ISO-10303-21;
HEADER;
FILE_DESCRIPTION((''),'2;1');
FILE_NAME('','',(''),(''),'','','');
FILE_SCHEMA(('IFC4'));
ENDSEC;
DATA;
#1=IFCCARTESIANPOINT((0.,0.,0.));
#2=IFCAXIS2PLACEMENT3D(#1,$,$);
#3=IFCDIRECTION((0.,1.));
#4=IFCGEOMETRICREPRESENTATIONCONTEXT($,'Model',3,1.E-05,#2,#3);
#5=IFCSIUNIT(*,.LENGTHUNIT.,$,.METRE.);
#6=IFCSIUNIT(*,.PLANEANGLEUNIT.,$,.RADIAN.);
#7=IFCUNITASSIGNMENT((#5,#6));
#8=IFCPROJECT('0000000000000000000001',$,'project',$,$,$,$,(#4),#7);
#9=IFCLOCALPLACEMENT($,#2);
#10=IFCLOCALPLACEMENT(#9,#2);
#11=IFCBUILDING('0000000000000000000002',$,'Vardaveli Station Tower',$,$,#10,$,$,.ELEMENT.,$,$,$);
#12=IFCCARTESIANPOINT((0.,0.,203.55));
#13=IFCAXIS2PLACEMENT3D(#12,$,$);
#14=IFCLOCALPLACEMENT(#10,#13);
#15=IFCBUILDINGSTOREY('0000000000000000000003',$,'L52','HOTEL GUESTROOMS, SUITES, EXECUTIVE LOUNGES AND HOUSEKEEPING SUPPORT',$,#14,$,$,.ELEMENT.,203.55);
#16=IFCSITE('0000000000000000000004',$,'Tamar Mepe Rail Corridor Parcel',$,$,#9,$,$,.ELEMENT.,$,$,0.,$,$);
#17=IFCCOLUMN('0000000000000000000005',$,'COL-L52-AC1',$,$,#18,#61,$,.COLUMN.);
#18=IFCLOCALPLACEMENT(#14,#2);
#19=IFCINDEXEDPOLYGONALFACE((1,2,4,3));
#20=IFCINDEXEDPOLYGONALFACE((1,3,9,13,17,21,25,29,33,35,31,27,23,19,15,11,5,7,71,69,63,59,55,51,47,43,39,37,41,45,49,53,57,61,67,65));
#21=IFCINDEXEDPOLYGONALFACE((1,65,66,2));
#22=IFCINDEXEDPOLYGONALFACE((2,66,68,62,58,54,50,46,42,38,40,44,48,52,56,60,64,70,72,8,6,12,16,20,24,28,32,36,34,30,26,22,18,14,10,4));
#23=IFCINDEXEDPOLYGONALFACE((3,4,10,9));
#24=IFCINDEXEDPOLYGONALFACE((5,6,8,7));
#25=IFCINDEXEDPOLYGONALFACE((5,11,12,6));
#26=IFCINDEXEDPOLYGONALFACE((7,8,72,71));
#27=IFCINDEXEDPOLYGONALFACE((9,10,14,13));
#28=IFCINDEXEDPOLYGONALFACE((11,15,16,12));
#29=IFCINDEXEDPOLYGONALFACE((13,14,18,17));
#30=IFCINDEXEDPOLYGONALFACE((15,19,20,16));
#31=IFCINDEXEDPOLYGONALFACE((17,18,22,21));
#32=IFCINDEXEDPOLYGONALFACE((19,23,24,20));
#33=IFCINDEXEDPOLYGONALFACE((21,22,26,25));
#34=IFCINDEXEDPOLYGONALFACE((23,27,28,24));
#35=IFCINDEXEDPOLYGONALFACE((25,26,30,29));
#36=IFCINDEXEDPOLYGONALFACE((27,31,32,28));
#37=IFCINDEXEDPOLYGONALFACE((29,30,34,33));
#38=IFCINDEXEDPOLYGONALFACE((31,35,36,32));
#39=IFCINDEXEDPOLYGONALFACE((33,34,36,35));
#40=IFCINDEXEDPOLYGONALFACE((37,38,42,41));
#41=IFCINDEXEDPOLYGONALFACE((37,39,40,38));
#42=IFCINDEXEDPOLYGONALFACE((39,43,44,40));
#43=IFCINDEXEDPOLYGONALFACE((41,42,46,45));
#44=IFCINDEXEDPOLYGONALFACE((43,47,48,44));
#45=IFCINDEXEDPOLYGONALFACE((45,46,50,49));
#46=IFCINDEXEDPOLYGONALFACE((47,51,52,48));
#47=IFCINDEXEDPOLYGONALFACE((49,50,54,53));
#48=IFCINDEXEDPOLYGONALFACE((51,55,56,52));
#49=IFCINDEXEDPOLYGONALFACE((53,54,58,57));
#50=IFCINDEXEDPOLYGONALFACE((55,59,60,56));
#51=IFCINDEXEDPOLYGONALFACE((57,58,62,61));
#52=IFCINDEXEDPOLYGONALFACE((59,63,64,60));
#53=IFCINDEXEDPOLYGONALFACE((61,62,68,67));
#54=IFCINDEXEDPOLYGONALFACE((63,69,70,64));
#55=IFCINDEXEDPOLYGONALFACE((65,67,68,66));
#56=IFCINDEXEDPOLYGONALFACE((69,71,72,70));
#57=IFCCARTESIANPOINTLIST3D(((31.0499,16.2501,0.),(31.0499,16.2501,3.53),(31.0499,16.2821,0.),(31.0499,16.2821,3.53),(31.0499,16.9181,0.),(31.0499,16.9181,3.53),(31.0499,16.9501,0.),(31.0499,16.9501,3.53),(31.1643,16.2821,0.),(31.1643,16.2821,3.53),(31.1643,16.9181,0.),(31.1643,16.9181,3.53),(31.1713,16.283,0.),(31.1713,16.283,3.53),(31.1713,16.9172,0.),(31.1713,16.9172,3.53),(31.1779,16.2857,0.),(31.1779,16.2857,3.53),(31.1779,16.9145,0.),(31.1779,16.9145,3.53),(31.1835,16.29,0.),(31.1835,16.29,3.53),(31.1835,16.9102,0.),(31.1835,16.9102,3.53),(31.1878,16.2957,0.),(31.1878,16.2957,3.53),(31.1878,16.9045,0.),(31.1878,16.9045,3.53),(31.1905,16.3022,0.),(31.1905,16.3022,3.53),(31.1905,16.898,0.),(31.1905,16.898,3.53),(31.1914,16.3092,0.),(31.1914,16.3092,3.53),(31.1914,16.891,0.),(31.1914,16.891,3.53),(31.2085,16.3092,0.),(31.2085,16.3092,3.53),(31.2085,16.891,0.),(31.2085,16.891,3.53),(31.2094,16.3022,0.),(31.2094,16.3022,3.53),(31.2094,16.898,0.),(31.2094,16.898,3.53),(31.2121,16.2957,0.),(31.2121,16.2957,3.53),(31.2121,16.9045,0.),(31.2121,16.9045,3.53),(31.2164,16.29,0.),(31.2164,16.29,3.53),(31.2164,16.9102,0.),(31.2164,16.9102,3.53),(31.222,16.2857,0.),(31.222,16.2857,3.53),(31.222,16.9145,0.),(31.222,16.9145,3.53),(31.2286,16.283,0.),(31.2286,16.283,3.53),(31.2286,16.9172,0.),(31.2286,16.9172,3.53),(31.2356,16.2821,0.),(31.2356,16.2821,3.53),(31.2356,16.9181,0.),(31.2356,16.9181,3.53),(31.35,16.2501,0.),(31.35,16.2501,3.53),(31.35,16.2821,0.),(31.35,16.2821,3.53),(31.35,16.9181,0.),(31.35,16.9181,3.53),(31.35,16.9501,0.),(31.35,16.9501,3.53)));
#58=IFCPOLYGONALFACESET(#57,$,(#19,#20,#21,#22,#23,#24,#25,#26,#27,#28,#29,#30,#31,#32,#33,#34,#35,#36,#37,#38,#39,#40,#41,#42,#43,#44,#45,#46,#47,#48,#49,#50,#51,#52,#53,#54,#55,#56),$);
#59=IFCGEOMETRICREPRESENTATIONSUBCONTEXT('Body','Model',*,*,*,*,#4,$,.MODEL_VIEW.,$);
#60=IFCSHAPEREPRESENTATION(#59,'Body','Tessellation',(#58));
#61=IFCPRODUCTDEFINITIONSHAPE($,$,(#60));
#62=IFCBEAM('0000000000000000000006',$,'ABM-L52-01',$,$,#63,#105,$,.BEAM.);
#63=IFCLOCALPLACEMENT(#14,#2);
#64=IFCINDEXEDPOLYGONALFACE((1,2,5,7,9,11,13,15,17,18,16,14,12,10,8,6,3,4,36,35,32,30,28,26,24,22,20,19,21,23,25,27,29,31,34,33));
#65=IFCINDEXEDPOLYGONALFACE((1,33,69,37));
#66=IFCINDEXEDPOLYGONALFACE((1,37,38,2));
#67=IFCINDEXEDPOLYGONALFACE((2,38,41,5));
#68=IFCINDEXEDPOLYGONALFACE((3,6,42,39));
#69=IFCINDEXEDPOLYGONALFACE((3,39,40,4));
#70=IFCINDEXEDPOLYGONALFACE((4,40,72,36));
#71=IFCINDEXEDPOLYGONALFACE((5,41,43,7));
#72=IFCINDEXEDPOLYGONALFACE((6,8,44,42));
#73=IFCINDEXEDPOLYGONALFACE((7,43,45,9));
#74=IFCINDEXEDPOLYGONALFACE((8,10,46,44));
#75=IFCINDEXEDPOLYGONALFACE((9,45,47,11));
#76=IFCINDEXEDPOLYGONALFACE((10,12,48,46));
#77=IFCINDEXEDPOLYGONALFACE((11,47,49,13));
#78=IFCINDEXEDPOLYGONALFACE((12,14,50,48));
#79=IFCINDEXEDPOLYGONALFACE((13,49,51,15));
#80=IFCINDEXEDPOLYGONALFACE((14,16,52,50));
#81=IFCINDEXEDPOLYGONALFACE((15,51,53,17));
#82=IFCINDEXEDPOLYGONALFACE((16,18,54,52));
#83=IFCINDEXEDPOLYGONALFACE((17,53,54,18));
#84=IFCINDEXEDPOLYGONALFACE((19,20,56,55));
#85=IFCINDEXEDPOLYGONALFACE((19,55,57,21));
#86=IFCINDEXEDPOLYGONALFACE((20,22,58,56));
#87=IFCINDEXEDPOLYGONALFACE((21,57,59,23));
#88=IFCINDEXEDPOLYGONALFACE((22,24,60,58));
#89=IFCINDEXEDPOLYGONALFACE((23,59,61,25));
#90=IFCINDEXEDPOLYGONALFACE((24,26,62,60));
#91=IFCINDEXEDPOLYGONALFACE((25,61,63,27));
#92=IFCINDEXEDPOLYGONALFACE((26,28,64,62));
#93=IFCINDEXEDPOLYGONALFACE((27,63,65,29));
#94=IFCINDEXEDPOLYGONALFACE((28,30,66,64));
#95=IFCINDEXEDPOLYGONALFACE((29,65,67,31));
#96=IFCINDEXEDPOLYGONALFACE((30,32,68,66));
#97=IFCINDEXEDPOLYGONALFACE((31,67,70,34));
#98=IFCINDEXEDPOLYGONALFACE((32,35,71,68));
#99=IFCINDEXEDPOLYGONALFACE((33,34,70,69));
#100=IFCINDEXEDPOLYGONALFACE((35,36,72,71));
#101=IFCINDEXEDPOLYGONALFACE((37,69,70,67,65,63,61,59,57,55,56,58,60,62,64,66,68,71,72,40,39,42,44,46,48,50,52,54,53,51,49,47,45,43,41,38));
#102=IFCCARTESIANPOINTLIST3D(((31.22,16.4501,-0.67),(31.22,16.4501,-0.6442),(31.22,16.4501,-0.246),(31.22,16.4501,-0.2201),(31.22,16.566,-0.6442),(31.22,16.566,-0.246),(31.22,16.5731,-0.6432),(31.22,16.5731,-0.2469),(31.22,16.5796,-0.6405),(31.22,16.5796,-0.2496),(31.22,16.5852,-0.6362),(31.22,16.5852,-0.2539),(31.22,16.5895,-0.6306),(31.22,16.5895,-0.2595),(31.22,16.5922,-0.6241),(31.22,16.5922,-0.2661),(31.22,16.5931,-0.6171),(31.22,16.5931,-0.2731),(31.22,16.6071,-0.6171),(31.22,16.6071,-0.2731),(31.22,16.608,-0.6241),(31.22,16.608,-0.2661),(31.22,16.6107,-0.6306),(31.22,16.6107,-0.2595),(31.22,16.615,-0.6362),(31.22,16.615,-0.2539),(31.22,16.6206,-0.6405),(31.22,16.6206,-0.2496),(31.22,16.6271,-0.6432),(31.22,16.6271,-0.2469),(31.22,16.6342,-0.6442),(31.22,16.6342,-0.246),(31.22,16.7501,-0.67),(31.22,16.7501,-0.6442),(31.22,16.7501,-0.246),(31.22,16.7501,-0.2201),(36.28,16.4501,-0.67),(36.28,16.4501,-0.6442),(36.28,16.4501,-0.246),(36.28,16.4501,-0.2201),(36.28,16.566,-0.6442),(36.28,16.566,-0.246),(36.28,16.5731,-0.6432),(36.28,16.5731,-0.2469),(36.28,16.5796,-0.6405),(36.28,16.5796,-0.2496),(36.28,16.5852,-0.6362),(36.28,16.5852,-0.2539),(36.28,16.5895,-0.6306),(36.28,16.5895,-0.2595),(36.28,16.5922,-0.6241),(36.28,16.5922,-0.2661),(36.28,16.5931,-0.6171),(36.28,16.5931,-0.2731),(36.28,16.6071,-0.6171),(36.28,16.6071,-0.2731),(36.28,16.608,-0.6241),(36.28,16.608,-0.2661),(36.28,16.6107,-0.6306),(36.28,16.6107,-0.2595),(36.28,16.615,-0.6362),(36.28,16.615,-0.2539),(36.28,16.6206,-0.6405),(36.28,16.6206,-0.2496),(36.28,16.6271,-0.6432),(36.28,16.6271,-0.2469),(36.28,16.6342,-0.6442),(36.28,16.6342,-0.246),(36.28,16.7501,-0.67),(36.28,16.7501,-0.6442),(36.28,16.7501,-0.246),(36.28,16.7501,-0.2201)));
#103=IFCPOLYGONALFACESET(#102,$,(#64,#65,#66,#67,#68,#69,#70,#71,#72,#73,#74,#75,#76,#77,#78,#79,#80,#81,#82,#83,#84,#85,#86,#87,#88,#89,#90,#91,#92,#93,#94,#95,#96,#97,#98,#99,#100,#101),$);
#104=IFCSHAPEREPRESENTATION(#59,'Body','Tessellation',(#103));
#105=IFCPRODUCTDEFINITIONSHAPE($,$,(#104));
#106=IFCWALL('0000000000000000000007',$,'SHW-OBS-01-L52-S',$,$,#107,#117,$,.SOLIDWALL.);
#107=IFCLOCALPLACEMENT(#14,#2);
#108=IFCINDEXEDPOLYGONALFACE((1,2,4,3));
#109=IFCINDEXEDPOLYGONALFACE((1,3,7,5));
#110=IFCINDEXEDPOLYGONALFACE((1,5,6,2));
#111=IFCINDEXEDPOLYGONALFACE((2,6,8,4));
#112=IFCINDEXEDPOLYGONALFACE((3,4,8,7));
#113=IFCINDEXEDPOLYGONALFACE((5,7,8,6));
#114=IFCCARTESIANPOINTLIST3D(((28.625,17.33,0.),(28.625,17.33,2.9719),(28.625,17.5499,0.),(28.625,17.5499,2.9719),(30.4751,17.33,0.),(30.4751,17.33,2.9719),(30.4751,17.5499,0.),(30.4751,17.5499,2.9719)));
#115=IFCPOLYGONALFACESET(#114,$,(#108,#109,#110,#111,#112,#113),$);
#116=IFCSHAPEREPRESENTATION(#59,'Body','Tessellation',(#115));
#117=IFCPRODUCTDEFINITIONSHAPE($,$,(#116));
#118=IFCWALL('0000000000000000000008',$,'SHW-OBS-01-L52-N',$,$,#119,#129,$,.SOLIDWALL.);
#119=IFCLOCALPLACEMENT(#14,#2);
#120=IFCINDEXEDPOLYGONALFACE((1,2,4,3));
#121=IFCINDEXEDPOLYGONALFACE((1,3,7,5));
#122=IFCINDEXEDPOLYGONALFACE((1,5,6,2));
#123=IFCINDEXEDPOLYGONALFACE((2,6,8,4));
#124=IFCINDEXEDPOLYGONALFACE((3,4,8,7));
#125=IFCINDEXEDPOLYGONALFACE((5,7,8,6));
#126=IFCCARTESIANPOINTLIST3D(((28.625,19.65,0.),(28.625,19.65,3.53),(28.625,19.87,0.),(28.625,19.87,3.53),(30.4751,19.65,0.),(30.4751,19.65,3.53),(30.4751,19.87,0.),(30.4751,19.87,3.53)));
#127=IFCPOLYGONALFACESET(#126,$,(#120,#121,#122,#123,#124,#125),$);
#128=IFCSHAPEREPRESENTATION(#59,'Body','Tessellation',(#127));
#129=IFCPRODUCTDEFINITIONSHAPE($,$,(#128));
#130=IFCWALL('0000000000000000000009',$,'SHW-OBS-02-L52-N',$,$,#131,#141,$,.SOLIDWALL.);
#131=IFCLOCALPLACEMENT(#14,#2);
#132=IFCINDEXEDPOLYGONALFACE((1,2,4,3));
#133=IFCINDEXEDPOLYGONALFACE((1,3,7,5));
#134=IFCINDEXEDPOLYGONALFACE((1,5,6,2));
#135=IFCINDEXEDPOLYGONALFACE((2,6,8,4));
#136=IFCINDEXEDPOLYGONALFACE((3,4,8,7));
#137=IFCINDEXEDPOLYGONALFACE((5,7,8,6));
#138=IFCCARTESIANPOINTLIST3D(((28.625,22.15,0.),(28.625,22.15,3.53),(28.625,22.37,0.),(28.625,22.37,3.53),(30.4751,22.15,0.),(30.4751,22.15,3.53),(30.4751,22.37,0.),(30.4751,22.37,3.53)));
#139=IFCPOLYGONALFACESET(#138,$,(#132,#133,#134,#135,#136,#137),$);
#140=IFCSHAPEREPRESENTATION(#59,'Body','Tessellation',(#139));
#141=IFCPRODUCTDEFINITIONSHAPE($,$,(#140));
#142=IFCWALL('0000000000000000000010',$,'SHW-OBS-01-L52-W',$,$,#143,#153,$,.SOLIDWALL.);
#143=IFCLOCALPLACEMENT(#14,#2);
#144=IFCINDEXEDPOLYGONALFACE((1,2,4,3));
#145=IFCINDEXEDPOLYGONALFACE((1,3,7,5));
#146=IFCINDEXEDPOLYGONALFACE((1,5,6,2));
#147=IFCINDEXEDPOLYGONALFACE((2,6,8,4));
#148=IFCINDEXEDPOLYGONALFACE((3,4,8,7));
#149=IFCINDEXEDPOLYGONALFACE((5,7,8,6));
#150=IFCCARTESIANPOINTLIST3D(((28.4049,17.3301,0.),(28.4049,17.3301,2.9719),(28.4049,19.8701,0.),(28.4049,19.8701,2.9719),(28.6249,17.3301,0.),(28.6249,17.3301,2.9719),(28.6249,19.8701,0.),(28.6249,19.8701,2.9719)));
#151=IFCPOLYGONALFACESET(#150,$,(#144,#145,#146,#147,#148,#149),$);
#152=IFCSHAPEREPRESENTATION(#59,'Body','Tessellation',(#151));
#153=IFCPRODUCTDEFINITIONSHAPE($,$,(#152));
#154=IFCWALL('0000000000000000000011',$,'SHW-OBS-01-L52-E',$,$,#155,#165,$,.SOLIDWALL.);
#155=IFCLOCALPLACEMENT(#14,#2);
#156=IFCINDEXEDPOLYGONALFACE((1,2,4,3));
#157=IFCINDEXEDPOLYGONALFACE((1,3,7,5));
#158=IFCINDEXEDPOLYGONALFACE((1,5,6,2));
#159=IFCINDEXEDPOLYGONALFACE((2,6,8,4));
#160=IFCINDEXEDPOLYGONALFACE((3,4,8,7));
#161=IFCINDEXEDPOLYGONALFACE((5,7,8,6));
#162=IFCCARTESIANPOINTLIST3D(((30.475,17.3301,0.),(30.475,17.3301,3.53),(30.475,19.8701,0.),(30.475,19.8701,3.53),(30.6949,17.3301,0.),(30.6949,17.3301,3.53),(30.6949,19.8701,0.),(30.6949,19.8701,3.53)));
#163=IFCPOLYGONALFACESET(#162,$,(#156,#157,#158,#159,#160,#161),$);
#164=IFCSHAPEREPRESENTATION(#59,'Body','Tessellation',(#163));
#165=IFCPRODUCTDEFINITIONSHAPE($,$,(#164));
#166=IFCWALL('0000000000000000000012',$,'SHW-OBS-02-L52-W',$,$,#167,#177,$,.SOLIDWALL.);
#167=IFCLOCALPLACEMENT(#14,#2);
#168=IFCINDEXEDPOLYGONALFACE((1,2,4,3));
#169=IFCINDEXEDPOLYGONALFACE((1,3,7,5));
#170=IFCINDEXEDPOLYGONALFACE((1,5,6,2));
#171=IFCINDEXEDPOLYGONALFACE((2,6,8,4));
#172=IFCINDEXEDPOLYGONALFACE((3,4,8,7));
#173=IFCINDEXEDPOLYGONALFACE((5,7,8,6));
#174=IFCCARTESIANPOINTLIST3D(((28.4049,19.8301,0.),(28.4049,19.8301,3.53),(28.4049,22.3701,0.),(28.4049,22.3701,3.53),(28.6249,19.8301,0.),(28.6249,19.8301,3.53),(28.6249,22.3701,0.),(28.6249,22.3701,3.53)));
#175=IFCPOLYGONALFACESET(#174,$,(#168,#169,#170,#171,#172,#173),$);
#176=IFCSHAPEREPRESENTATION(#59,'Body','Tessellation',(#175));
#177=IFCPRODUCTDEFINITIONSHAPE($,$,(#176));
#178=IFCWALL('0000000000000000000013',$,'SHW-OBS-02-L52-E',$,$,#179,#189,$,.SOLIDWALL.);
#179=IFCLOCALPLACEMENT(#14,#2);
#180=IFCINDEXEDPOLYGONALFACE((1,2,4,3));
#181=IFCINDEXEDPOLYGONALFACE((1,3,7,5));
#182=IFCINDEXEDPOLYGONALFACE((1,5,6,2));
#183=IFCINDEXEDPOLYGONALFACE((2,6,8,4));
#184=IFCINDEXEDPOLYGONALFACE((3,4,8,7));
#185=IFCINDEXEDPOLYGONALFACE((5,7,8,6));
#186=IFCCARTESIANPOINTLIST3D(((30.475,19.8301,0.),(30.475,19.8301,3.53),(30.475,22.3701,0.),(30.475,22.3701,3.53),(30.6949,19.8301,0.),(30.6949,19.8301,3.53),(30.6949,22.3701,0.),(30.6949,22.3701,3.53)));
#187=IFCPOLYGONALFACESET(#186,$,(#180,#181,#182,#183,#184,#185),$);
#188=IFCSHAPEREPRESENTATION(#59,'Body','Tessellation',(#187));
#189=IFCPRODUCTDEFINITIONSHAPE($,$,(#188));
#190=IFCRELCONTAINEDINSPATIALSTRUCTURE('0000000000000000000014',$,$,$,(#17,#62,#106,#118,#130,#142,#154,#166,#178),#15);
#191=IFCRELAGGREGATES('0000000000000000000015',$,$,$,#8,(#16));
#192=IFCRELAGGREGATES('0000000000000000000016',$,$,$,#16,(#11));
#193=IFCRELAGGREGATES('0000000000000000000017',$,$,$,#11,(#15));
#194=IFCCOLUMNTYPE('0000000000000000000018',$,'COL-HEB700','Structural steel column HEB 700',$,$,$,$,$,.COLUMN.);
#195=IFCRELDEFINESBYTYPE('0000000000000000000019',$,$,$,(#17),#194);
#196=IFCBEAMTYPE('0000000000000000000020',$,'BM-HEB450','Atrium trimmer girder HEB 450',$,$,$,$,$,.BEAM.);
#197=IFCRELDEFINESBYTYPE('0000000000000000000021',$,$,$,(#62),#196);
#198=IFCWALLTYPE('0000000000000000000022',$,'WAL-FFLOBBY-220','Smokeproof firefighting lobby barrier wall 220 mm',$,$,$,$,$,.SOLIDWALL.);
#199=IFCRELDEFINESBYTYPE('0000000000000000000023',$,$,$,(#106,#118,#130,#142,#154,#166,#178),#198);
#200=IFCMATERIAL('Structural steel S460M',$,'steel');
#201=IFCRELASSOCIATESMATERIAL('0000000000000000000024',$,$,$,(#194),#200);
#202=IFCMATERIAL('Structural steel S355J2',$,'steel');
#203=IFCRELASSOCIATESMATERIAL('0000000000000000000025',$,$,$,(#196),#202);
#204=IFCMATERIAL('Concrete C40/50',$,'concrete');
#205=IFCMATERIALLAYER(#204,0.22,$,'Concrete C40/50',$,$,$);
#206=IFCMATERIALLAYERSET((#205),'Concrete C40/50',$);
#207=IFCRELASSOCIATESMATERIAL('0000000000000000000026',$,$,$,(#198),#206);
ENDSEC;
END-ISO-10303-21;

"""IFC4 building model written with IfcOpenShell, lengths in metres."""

from ifc_helpers import new_model, si_unit, direction, frame, frame_2d, origin, origin_2d, place, context, subcontext, project, spatial, rectangle, i_section, extrude, source, transform, mapped, material, layer, layer_set, material_profile, profile_set, type_object, element, save


model = new_model("IFC4")

# Units and contexts
model_context = context("Model", 3, precision=1e-05, world=origin(), true_north=direction((0.0, 1.0)))
body_context = subcontext(model_context, "Body", "Model", "MODEL_VIEW")
ifc_project = project(units=[si_unit("LENGTHUNIT", "METRE"), si_unit("PLANEANGLEUNIT", "RADIAN")], contexts=[model_context])

# Site, building, storey
site_placement = place(None, origin())
site = spatial("IfcSite", under=ifc_project, at=site_placement, Name="Tamar Mepe Rail Corridor Parcel", CompositionType="ELEMENT", RefElevation=0.0)
building_placement = place(site_placement, origin())
building = spatial("IfcBuilding", under=site, at=building_placement, Name="Vardaveli Station Tower", CompositionType="ELEMENT")
storey_placement = place(building_placement, frame((0.0, 0.0, 203.55)))
storey = spatial("IfcBuildingStorey", under=building, at=storey_placement, Name="L52", Description="HOTEL GUESTROOMS, SUITES, EXECUTIVE LOUNGES AND HOUSEKEEPING SUPPORT", CompositionType="ELEMENT", Elevation=203.55)

# Column
ifc_material_1 = material(Name="Structural steel S460M", Category="steel")
ifc_material_profile_1 = material_profile(ifc_material_1, i_section(OverallWidth=0.3, OverallDepth=0.7, WebThickness=0.0171, FlangeThickness=0.032, FilletRadius=0.0271, at=origin_2d()), Name="HEB 700")
ifc_profile_set_1 = profile_set([ifc_material_profile_1], Name="Structural steel S460M")
column_type = type_object("IfcColumnType", Name="COL-HEB700", Description="Structural steel column HEB 700", PredefinedType="COLUMN", material=ifc_profile_set_1)
shared_shape_1 = source(origin(), body_context, "Body", "SweptSolid", [
    extrude(i_section(OverallWidth=0.3, OverallDepth=0.7, WebThickness=0.0171, FlangeThickness=0.032, FilletRadius=0.0271, at=origin_2d()), origin(), (0.0, 0.0, 1.0), 3.53),
])
column_placement = place(storey_placement, frame((31.2, 16.6001, 0.0), z_axis=(0.0, 0.0, 1.0), x_axis=(1.0, 0.0, 0.0)))
element("IfcColumn", 1, at=column_placement, inside=storey, type_object=column_type, Name="COL-L52-AC1", PredefinedType="COLUMN", context=body_context, shape_type="MappedRepresentation", body=[
    mapped(shared_shape_1, transform((0.0, 0.0, 0.0), scale=1.0)),
])

# Beam
ifc_material_2 = material(Name="Structural steel S355J2", Category="steel")
ifc_material_profile_2 = material_profile(ifc_material_2, i_section(OverallWidth=0.3, OverallDepth=0.45, WebThickness=0.0139, FlangeThickness=0.0259, FilletRadius=0.0271, at=origin_2d()), Name="HEB 450")
ifc_profile_set_2 = profile_set([ifc_material_profile_2], Name="Structural steel S355J2")
beam_type = type_object("IfcBeamType", Name="BM-HEB450", Description="Atrium trimmer girder HEB 450", PredefinedType="BEAM", material=ifc_profile_set_2)
shared_shape_2 = source(origin(), body_context, "Body", "SweptSolid", [
    extrude(i_section(OverallWidth=0.3, OverallDepth=0.45, WebThickness=0.0139, FlangeThickness=0.0259, FilletRadius=0.0271, at=origin_2d()), origin(), (0.0, 0.0, 1.0), 5.0601),
])
beam_placement = place(storey_placement, frame((31.22, 16.6001, -0.4451), z_axis=(1.0, 0.0, 0.0), x_axis=(0.0, 1.0, 0.0)))
element("IfcBeam", 2, at=beam_placement, inside=storey, type_object=beam_type, Name="ABM-L52-01", PredefinedType="BEAM", context=body_context, shape_type="MappedRepresentation", body=[
    mapped(shared_shape_2, transform((0.0, 0.0, 0.0), scale=1.0)),
])

# Walls
ifc_material_3 = material(Name="Concrete C40/50", Category="concrete")
ifc_layer_1 = layer(ifc_material_3, 0.22, Name="Concrete C40/50")
ifc_layer_set_1 = layer_set([ifc_layer_1], Name="Concrete C40/50")
wall_type_1 = type_object("IfcWallType", Name="WAL-FFLOBBY-220", Description="Smokeproof firefighting lobby barrier wall 220 mm", PredefinedType="SOLIDWALL", material=ifc_layer_set_1)
shared_shape_3 = source(origin(), body_context, "Body", "SweptSolid", [
    extrude(rectangle(XDim=1.8501, YDim=0.22, at=frame_2d((0.925, 0.0))), origin(), (0.0, 0.0, 1.0), 2.9719),
])
wall_1_placement = place(storey_placement, frame((28.625, 17.4399, 0.0), z_axis=(0.0, 0.0, 1.0), x_axis=(1.0, 0.0, 0.0)))
element("IfcWall", 3, at=wall_1_placement, inside=storey, type_object=wall_type_1, Name="SHW-OBS-01-L52-S", PredefinedType="SOLIDWALL", context=body_context, shape_type="MappedRepresentation", body=[
    mapped(shared_shape_3, transform((0.0, 0.0, 0.0), scale=1.0)),
])
shared_shape_4 = source(origin(), body_context, "Body", "SweptSolid", [
    extrude(rectangle(XDim=1.8501, YDim=0.22, at=frame_2d((0.925, 0.0))), origin(), (0.0, 0.0, 1.0), 3.53),
])
for number, where, z_axis, x_axis, name in (
    (4, (28.625, 19.76, 0.0), (0.0, 0.0, 1.0), (1.0, 0.0, 0.0), "SHW-OBS-01-L52-N"),
    (5, (28.625, 22.26, 0.0), (0.0, 0.0, 1.0), (1.0, 0.0, 0.0), "SHW-OBS-02-L52-N"),
):
    element("IfcWall", number, at=place(storey_placement, frame(where, z_axis=z_axis, x_axis=x_axis)), inside=storey, type_object=wall_type_1, Name=name, PredefinedType="SOLIDWALL", context=body_context, shape_type="MappedRepresentation", body=[
        mapped(shared_shape_4, transform((0.0, 0.0, 0.0), scale=1.0)),
    ])
shared_shape_5 = source(origin(), body_context, "Body", "SweptSolid", [
    extrude(rectangle(XDim=2.54, YDim=0.22, at=frame_2d((1.27, 0.0))), origin(), (0.0, 0.0, 1.0), 2.9719),
])
wall_2_placement = place(storey_placement, frame((28.5149, 17.3301, 0.0), z_axis=(0.0, 0.0, 1.0), x_axis=(0.0, 1.0, 0.0)))
element("IfcWall", 6, at=wall_2_placement, inside=storey, type_object=wall_type_1, Name="SHW-OBS-01-L52-W", PredefinedType="SOLIDWALL", context=body_context, shape_type="MappedRepresentation", body=[
    mapped(shared_shape_5, transform((0.0, 0.0, 0.0), scale=1.0)),
])
shared_shape_6 = source(origin(), body_context, "Body", "SweptSolid", [
    extrude(rectangle(XDim=2.54, YDim=0.22, at=frame_2d((1.27, 0.0))), origin(), (0.0, 0.0, 1.0), 3.53),
])
for number, where, z_axis, x_axis, name in (
    (7, (30.585, 17.3301, 0.0), (0.0, 0.0, 1.0), (0.0, 1.0, 0.0), "SHW-OBS-01-L52-E"),
    (8, (28.5149, 19.8301, 0.0), (0.0, 0.0, 1.0), (0.0, 1.0, 0.0), "SHW-OBS-02-L52-W"),
    (9, (30.585, 19.8301, 0.0), (0.0, 0.0, 1.0), (0.0, 1.0, 0.0), "SHW-OBS-02-L52-E"),
):
    element("IfcWall", number, at=place(storey_placement, frame(where, z_axis=z_axis, x_axis=x_axis)), inside=storey, type_object=wall_type_1, Name=name, PredefinedType="SOLIDWALL", context=body_context, shape_type="MappedRepresentation", body=[
        mapped(shared_shape_6, transform((0.0, 0.0, 0.0), scale=1.0)),
    ])

save(model, "model.ifc")
